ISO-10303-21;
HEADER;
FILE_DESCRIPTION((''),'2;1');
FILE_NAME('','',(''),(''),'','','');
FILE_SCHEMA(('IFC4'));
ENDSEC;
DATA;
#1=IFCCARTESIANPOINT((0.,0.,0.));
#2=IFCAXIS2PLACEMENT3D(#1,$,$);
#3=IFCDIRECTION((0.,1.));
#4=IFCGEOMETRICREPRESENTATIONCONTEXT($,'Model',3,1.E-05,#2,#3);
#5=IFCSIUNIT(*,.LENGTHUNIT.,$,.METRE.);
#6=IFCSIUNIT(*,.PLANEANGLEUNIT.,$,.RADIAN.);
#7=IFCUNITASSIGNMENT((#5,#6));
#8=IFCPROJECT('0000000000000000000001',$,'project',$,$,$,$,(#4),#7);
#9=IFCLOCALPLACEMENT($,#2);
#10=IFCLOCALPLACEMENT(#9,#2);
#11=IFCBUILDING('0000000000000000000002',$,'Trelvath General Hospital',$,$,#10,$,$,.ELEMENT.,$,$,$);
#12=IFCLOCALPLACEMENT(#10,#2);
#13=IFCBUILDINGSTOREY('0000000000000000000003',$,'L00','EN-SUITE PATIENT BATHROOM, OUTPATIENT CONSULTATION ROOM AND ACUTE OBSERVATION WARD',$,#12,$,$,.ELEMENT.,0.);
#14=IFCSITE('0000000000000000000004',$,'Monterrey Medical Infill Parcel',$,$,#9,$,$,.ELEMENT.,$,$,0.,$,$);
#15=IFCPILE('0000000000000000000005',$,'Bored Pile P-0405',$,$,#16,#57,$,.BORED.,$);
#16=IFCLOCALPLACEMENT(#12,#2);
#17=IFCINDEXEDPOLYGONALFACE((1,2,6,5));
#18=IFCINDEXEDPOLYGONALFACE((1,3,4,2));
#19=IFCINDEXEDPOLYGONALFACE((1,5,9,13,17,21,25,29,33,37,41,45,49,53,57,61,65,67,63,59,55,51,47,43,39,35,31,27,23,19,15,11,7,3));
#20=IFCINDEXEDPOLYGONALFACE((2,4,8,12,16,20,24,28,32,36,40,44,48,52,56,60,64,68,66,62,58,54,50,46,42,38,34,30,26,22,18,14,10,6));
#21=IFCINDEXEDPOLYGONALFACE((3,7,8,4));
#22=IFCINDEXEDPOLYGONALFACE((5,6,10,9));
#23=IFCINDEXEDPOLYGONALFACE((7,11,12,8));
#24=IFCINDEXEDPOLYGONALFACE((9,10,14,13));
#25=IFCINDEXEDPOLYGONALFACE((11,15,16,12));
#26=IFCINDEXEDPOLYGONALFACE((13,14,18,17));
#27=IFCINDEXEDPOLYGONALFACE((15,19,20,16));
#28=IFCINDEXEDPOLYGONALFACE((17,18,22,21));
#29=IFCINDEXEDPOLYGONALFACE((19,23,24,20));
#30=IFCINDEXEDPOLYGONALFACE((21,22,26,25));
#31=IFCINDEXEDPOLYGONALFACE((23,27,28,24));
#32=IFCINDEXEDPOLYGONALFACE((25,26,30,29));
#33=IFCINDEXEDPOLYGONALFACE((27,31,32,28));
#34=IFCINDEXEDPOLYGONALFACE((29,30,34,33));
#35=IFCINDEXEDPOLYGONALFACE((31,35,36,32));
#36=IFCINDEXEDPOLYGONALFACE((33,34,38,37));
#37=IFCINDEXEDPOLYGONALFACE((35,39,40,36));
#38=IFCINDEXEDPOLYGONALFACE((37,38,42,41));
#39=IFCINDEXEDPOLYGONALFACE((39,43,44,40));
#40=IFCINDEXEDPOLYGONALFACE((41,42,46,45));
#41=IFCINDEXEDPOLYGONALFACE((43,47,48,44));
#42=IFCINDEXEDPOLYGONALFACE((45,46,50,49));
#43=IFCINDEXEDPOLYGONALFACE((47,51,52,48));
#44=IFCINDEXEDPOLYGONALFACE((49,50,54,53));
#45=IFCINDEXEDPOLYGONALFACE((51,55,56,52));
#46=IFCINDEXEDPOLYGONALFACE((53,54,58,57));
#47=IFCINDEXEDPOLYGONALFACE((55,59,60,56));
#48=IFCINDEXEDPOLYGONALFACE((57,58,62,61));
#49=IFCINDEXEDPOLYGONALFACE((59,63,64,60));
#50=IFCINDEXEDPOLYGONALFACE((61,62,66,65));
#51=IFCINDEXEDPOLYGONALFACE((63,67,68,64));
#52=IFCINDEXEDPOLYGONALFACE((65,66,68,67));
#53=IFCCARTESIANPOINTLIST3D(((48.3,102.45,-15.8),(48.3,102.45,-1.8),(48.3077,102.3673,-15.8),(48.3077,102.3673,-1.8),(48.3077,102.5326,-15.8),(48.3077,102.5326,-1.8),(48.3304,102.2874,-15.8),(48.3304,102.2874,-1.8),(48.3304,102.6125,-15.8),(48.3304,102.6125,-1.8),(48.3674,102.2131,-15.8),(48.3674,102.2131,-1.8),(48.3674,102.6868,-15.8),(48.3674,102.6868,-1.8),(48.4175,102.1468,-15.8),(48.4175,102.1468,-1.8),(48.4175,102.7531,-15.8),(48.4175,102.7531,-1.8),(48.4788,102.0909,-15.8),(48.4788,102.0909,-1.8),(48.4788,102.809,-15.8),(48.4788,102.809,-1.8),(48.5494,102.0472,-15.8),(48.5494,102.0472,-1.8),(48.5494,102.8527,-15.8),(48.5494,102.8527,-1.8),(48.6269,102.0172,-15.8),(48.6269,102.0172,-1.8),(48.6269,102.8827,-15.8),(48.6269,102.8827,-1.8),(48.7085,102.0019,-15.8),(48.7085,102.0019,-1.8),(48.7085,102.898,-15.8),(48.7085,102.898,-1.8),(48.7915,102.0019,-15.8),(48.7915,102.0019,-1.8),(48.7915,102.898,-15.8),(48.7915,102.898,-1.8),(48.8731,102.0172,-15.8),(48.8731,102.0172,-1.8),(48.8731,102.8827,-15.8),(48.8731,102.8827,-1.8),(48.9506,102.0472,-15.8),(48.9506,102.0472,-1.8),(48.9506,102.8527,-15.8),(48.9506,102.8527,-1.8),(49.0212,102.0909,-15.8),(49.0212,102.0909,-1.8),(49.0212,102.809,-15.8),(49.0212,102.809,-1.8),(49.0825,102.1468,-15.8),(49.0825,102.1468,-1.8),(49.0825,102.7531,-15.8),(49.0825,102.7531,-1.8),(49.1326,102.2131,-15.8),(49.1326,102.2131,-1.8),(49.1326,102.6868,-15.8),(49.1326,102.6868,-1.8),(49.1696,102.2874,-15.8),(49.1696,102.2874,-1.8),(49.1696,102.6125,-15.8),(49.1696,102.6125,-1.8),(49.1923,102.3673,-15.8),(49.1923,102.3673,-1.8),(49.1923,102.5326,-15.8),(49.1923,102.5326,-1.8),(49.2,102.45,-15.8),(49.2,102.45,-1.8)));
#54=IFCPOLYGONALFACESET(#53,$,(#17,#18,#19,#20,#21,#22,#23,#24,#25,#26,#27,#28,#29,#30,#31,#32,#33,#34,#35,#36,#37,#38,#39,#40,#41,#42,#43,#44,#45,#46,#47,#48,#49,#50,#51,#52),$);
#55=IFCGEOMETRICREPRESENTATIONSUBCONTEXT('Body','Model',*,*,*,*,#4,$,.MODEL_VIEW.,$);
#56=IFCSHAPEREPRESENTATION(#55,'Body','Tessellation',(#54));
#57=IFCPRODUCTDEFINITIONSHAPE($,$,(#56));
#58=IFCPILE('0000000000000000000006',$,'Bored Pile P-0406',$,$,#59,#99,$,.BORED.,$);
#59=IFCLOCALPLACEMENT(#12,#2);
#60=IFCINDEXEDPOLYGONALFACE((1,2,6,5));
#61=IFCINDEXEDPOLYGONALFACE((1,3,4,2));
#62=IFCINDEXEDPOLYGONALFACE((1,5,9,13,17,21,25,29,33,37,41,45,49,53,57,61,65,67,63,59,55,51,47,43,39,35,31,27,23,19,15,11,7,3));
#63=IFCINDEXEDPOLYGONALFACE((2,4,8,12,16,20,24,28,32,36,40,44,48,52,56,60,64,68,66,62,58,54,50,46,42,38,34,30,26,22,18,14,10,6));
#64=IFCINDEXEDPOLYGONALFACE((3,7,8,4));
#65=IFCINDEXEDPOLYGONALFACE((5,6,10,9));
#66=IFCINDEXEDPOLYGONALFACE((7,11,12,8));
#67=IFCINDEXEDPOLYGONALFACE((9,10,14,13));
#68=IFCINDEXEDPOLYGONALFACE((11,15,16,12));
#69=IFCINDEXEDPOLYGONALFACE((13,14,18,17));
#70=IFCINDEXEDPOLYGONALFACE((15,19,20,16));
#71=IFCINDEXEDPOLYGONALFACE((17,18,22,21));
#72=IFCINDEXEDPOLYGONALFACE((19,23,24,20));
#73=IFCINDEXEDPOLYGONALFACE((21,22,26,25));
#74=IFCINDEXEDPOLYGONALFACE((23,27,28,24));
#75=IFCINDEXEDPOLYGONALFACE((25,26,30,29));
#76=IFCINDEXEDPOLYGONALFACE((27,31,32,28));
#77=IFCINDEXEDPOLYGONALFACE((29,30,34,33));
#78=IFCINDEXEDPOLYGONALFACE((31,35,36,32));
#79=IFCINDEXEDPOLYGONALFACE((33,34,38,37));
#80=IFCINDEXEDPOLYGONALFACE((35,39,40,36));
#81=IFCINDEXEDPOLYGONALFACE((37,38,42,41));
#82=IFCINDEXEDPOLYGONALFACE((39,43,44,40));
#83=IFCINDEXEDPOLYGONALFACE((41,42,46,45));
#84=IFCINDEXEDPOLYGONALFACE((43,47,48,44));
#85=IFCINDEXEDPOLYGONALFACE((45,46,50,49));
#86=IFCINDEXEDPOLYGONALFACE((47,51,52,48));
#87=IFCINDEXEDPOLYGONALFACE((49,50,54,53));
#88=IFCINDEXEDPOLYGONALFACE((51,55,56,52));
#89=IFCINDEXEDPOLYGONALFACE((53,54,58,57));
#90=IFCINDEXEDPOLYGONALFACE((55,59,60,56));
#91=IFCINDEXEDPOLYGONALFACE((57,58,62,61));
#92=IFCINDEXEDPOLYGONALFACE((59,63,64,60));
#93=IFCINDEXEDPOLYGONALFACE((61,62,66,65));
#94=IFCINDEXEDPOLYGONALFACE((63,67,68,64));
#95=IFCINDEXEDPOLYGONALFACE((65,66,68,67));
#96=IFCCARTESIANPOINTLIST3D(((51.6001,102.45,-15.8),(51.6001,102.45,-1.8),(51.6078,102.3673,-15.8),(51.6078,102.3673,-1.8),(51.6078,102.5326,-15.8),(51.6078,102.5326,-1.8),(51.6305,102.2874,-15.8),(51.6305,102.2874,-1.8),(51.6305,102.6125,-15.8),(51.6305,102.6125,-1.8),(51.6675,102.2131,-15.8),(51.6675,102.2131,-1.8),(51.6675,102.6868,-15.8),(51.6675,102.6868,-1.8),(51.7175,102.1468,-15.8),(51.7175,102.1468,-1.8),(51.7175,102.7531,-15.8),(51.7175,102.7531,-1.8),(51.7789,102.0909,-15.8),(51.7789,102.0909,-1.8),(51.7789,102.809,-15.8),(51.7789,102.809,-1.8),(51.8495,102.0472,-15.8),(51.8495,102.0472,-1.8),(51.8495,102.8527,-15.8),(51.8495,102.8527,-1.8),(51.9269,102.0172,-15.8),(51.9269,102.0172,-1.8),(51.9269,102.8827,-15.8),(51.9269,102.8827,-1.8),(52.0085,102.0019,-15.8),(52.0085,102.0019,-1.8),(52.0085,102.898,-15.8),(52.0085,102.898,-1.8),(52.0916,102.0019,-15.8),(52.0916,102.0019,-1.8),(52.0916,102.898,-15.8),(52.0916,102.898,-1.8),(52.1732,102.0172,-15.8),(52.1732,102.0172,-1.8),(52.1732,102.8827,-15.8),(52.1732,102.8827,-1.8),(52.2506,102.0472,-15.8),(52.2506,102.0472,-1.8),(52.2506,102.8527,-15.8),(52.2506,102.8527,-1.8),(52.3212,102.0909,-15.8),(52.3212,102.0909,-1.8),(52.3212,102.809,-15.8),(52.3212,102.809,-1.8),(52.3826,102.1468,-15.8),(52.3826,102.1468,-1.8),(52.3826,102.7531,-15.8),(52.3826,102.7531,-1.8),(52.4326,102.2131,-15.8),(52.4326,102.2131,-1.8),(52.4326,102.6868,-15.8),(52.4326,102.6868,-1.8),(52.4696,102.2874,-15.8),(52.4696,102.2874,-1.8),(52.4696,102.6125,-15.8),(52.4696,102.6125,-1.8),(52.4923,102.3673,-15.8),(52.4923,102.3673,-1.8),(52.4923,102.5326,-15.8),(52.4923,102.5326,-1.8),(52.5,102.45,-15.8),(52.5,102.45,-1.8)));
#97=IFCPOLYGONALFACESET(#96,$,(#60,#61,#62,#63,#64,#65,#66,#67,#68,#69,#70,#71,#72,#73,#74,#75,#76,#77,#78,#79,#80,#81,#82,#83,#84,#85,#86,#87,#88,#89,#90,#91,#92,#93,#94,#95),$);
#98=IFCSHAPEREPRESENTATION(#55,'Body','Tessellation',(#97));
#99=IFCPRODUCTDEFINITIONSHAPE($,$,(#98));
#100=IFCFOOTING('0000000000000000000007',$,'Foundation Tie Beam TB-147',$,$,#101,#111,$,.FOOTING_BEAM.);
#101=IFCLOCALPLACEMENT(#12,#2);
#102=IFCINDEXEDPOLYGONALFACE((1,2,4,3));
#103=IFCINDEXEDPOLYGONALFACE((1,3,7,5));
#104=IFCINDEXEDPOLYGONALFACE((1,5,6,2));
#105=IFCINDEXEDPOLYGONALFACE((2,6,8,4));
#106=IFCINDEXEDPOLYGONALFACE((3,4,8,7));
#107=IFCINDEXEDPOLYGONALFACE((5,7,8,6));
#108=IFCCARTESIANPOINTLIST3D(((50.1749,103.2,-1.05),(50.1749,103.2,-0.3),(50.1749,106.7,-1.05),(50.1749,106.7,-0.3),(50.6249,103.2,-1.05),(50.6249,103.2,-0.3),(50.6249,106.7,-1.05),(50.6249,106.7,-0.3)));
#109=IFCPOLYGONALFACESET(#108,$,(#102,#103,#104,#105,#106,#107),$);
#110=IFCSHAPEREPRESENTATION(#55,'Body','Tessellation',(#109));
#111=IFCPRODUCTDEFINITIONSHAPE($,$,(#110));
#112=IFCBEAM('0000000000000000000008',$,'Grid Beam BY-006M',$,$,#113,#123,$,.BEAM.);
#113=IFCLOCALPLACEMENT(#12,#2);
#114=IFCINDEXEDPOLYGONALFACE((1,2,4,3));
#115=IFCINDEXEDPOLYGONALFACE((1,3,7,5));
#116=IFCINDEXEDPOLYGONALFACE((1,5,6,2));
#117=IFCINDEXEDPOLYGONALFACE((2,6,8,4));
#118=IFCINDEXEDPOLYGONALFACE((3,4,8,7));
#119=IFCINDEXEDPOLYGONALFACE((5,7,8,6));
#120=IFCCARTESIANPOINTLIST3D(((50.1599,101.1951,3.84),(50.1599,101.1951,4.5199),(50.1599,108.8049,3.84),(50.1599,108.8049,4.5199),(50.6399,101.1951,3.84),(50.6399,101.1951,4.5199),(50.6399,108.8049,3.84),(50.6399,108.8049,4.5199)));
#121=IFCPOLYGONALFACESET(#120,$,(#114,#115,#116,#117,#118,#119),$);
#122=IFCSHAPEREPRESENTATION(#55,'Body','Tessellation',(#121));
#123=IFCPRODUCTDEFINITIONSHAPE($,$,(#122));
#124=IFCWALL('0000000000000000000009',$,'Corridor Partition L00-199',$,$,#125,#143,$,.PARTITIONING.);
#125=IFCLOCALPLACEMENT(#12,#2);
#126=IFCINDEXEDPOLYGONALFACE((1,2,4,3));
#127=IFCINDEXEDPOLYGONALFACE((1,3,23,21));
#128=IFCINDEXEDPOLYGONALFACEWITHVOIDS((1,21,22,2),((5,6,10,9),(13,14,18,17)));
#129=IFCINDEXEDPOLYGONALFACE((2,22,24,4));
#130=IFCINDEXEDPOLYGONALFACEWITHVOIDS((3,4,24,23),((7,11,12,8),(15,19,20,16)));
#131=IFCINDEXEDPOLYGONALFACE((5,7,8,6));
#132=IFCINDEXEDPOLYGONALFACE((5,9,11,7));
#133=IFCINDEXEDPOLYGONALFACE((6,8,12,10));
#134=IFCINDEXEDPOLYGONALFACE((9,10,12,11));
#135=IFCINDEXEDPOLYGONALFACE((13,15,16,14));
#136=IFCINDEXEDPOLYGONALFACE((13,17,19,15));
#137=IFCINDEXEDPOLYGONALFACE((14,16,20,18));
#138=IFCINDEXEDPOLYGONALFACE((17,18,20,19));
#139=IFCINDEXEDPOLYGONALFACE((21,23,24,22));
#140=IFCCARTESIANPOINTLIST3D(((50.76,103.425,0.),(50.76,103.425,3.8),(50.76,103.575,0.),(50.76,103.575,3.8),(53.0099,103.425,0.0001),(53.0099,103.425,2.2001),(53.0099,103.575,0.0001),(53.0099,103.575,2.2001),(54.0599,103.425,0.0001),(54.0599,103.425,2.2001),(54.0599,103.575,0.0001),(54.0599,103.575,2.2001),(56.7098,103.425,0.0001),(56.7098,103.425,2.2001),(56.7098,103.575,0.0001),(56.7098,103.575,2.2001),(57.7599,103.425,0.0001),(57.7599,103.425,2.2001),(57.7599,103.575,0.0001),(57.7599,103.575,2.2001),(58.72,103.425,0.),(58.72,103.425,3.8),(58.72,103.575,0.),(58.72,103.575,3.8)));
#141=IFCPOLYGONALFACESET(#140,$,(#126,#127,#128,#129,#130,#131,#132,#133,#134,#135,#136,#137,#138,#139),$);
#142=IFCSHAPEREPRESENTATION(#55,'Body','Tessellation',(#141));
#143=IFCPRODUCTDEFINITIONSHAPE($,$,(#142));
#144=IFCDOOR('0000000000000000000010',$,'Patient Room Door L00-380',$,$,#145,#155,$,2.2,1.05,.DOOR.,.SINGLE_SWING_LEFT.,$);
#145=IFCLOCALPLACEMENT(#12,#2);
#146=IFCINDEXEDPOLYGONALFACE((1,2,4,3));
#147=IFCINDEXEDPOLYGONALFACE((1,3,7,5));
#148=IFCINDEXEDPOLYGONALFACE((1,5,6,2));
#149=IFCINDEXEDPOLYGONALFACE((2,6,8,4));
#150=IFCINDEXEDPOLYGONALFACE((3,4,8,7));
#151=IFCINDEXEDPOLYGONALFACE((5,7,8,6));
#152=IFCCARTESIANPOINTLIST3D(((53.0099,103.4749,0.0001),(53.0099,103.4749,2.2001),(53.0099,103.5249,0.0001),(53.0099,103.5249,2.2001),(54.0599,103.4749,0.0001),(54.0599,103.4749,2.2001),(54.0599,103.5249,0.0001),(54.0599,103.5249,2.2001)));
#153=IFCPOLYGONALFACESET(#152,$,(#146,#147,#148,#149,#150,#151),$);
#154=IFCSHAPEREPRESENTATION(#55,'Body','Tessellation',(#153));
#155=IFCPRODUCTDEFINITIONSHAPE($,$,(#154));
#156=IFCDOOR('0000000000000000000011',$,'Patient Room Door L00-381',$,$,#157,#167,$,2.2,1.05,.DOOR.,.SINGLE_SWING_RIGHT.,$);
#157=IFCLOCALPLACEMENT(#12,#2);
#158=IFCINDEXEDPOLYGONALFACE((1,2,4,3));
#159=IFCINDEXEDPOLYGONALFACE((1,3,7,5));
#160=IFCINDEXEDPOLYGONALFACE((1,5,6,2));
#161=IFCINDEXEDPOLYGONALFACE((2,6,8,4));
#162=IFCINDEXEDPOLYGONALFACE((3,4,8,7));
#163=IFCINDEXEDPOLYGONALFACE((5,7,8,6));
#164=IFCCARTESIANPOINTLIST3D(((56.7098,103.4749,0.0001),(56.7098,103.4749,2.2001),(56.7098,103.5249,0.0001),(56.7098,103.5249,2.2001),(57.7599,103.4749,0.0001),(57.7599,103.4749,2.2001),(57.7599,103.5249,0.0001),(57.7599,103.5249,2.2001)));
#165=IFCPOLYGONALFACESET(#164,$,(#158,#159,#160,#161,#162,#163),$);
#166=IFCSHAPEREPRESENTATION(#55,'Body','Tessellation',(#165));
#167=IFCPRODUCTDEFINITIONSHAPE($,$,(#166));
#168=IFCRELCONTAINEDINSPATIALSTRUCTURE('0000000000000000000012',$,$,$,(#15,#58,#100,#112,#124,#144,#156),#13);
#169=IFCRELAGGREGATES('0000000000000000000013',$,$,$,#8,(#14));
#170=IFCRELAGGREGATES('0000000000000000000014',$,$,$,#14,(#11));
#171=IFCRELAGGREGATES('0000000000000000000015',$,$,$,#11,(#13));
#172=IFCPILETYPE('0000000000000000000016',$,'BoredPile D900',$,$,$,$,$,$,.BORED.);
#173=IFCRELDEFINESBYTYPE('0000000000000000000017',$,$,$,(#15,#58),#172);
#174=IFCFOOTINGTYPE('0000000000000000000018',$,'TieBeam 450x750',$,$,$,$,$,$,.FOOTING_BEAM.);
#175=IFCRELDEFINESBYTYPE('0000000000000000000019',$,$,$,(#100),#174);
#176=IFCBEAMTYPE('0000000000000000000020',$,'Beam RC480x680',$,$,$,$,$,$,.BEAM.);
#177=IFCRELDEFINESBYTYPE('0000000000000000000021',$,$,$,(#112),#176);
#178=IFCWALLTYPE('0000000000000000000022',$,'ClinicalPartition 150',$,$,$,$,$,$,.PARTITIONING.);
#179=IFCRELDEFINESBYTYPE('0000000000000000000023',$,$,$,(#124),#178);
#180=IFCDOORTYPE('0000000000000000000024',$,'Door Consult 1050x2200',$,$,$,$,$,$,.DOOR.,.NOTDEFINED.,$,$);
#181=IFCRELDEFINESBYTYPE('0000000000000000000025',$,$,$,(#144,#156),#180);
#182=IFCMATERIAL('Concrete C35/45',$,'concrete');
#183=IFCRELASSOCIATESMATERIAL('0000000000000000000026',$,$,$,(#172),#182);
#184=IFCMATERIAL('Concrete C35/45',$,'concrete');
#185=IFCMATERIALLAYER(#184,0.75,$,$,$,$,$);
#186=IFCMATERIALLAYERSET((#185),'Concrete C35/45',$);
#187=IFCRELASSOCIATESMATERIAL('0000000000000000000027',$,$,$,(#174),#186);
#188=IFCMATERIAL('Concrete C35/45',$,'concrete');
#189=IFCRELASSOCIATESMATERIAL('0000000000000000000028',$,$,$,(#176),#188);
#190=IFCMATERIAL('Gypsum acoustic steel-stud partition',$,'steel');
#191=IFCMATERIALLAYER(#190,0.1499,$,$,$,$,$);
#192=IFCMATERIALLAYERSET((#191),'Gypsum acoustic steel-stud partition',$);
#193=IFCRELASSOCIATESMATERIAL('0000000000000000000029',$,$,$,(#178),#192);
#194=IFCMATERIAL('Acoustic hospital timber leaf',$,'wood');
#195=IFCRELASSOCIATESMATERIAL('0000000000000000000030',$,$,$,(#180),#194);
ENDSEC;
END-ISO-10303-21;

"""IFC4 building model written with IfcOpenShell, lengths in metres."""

from ifc_helpers import new_model, si_unit, direction, frame, frame_2d, origin, origin_2d, place, context, subcontext, project, spatial, rectangle, circle, extrude, material, layer, layer_set, material_profile, profile_set, type_object, element, fill, save


model = new_model("IFC4")

# Units and contexts
model_context = context("Model", 3, precision=1e-05, world=origin(), true_north=direction((0.0, 1.0)))
body_context = subcontext(model_context, "Body", "Model", "MODEL_VIEW")
ifc_project = project(units=[si_unit("LENGTHUNIT", "METRE"), si_unit("PLANEANGLEUNIT", "RADIAN")], contexts=[model_context])

# Site, building, storey
site_placement = place(None, origin())
site = spatial("IfcSite", under=ifc_project, at=site_placement, Name="Monterrey Medical Infill Parcel", CompositionType="ELEMENT", RefElevation=0.0)
building_placement = place(site_placement, origin())
building = spatial("IfcBuilding", under=site, at=building_placement, Name="Trelvath General Hospital", CompositionType="ELEMENT")
storey_placement = place(building_placement, origin())
storey = spatial("IfcBuildingStorey", under=building, at=storey_placement, Name="L00", Description="EN-SUITE PATIENT BATHROOM, OUTPATIENT CONSULTATION ROOM AND ACUTE OBSERVATION WARD", CompositionType="ELEMENT", Elevation=0.0)

# Piles
ifc_material_1 = material(Name="Concrete C35/45", Category="concrete")
ifc_material_profile_1 = material_profile(ifc_material_1, circle(Radius=0.45, at=origin_2d()), Name="PILE900")
ifc_profile_set_1 = profile_set([ifc_material_profile_1], Name="Concrete C35/45")
pile_type = type_object("IfcPileType", Name="BoredPile D900", PredefinedType="BORED", material=ifc_profile_set_1)
for number, where, z_axis, x_axis, name in (
    (1, (48.75, 102.45, -1.8), (0.0, 0.0, -1.0), (1.0, 0.0, 0.0), "Bored Pile P-0405"),
    (2, (52.05, 102.45, -1.8), (0.0, 0.0, -1.0), (1.0, 0.0, 0.0), "Bored Pile P-0406"),
):
    element("IfcPile", number, at=place(storey_placement, frame(where, z_axis=z_axis, x_axis=x_axis)), inside=storey, type_object=pile_type, Name=name, PredefinedType="BORED", context=body_context, shape_type="SweptSolid", body=[
        extrude(circle(Radius=0.45, at=origin_2d()), origin(), (0.0, 0.0, 1.0), 14.0),
    ])

# Footing
ifc_material_2 = material(Name="Concrete C35/45", Category="concrete")
ifc_layer_1 = layer(ifc_material_2, 0.75)
ifc_layer_set_1 = layer_set([ifc_layer_1], Name="Concrete C35/45")
footing_type = type_object("IfcFootingType", Name="TieBeam 450x750", PredefinedType="FOOTING_BEAM", material=ifc_layer_set_1)
footing_placement = place(storey_placement, frame((50.3999, 104.95, -1.05), z_axis=(0.0, 0.0, 1.0), x_axis=(1.0, 0.0, 0.0)))
element("IfcFooting", 3, at=footing_placement, inside=storey, type_object=footing_type, Name="Foundation Tie Beam TB-147", PredefinedType="FOOTING_BEAM", context=body_context, shape_type="SweptSolid", body=[
    extrude(rectangle(XDim=0.45, YDim=3.5, at=origin_2d()), origin(), (0.0, 0.0, 1.0), 0.75),
])

# Beam
ifc_material_3 = material(Name="Concrete C35/45", Category="concrete")
ifc_material_profile_2 = material_profile(ifc_material_3, rectangle(XDim=0.48, YDim=0.6799, at=origin_2d()), Name="RCB480x680")
ifc_profile_set_2 = profile_set([ifc_material_profile_2], Name="Concrete C35/45")
beam_type = type_object("IfcBeamType", Name="Beam RC480x680", PredefinedType="BEAM", material=ifc_profile_set_2)
beam_placement = place(storey_placement, frame((50.3999, 101.1951, 4.1799), z_axis=(0.0, 1.0, 0.0), x_axis=(-1.0, 0.0, 0.0)))
element("IfcBeam", 4, at=beam_placement, inside=storey, type_object=beam_type, Name="Grid Beam BY-006M", PredefinedType="BEAM", context=body_context, shape_type="SweptSolid", body=[
    extrude(rectangle(XDim=0.48, YDim=0.6799, at=origin_2d()), origin(), (0.0, 0.0, 1.0), 7.6099),
])

# Wall, openings, doors
ifc_material_4 = material(Name="Gypsum acoustic steel-stud partition", Category="steel")
ifc_layer_2 = layer(ifc_material_4, 0.1499)
ifc_layer_set_2 = layer_set([ifc_layer_2], Name="Gypsum acoustic steel-stud partition")
wall_type_1 = type_object("IfcWallType", Name="ClinicalPartition 150", PredefinedType="PARTITIONING", material=ifc_layer_set_2)
wall_1_placement = place(storey_placement, frame((50.76, 103.5, 0.0), z_axis=(0.0, 0.0, 1.0), x_axis=(1.0, 0.0, 0.0)))
wall_1 = element("IfcWall", 5, at=wall_1_placement, inside=storey, type_object=wall_type_1, Name="Corridor Partition L00-199", PredefinedType="PARTITIONING", context=body_context, shape_type="SweptSolid", body=[
    extrude(rectangle(XDim=7.96, YDim=0.1499, at=frame_2d((3.98, 0.0))), origin(), (0.0, 0.0, 1.0), 3.8),
])
opening_1_placement = place(wall_1_placement, frame((2.25, 0.0, 0.0)))
opening_1 = element("IfcOpeningElement", 6, at=opening_1_placement, cuts=wall_1, PredefinedType="OPENING", context=body_context, shape_type="SweptSolid", body=[
    extrude(rectangle(XDim=1.05, YDim=2.2, at=frame_2d((0.5249, 1.1001))), frame((0.0, 0.085, 0.0), z_axis=(0.0, -1.0, 0.0), x_axis=(1.0, 0.0, 0.0)), (0.0, 0.0, 1.0), 0.1699),
])
opening_2_placement = place(wall_1_placement, frame((5.95, 0.0, 0.0)))
opening_2 = element("IfcOpeningElement", 7, at=opening_2_placement, cuts=wall_1, PredefinedType="OPENING", context=body_context, shape_type="SweptSolid", body=[
    extrude(rectangle(XDim=1.05, YDim=2.2, at=frame_2d((0.5249, 1.1001))), frame((0.0, 0.085, 0.0), z_axis=(0.0, -1.0, 0.0), x_axis=(1.0, 0.0, 0.0)), (0.0, 0.0, 1.0), 0.1699),
])
ifc_material_5 = material(Name="Acoustic hospital timber leaf", Category="wood")
door_type_1 = type_object("IfcDoorType", Name="Door Consult 1050x2200", OperationType="NOTDEFINED", PredefinedType="DOOR", material=ifc_material_5)
door_1_placement = place(opening_1_placement, origin())
door_1 = element("IfcDoor", 8, at=door_1_placement, inside=storey, type_object=door_type_1, Name="Patient Room Door L00-380", OperationType="SINGLE_SWING_LEFT", OverallHeight=2.2, OverallWidth=1.05, PredefinedType="DOOR", context=body_context, shape_type="SweptSolid", body=[
    extrude(rectangle(XDim=1.05, YDim=2.2, at=frame_2d((0.5249, 1.1001))), frame((0.0, 0.0249, 0.0), z_axis=(0.0, -1.0, 0.0), x_axis=(1.0, 0.0, 0.0)), (0.0, 0.0, 1.0), 0.05),
])
fill(opening_1, door_1)
door_2_placement = place(opening_2_placement, origin())
door_2 = element("IfcDoor", 9, at=door_2_placement, inside=storey, type_object=door_type_1, Name="Patient Room Door L00-381", OperationType="SINGLE_SWING_RIGHT", OverallHeight=2.2, OverallWidth=1.05, PredefinedType="DOOR", context=body_context, shape_type="SweptSolid", body=[
    extrude(rectangle(XDim=1.05, YDim=2.2, at=frame_2d((0.5249, 1.1001))), frame((0.0, 0.0249, 0.0), z_axis=(0.0, -1.0, 0.0), x_axis=(1.0, 0.0, 0.0)), (0.0, 0.0, 1.0), 0.05),
])
fill(opening_2, door_2)

save(model, "model.ifc")
